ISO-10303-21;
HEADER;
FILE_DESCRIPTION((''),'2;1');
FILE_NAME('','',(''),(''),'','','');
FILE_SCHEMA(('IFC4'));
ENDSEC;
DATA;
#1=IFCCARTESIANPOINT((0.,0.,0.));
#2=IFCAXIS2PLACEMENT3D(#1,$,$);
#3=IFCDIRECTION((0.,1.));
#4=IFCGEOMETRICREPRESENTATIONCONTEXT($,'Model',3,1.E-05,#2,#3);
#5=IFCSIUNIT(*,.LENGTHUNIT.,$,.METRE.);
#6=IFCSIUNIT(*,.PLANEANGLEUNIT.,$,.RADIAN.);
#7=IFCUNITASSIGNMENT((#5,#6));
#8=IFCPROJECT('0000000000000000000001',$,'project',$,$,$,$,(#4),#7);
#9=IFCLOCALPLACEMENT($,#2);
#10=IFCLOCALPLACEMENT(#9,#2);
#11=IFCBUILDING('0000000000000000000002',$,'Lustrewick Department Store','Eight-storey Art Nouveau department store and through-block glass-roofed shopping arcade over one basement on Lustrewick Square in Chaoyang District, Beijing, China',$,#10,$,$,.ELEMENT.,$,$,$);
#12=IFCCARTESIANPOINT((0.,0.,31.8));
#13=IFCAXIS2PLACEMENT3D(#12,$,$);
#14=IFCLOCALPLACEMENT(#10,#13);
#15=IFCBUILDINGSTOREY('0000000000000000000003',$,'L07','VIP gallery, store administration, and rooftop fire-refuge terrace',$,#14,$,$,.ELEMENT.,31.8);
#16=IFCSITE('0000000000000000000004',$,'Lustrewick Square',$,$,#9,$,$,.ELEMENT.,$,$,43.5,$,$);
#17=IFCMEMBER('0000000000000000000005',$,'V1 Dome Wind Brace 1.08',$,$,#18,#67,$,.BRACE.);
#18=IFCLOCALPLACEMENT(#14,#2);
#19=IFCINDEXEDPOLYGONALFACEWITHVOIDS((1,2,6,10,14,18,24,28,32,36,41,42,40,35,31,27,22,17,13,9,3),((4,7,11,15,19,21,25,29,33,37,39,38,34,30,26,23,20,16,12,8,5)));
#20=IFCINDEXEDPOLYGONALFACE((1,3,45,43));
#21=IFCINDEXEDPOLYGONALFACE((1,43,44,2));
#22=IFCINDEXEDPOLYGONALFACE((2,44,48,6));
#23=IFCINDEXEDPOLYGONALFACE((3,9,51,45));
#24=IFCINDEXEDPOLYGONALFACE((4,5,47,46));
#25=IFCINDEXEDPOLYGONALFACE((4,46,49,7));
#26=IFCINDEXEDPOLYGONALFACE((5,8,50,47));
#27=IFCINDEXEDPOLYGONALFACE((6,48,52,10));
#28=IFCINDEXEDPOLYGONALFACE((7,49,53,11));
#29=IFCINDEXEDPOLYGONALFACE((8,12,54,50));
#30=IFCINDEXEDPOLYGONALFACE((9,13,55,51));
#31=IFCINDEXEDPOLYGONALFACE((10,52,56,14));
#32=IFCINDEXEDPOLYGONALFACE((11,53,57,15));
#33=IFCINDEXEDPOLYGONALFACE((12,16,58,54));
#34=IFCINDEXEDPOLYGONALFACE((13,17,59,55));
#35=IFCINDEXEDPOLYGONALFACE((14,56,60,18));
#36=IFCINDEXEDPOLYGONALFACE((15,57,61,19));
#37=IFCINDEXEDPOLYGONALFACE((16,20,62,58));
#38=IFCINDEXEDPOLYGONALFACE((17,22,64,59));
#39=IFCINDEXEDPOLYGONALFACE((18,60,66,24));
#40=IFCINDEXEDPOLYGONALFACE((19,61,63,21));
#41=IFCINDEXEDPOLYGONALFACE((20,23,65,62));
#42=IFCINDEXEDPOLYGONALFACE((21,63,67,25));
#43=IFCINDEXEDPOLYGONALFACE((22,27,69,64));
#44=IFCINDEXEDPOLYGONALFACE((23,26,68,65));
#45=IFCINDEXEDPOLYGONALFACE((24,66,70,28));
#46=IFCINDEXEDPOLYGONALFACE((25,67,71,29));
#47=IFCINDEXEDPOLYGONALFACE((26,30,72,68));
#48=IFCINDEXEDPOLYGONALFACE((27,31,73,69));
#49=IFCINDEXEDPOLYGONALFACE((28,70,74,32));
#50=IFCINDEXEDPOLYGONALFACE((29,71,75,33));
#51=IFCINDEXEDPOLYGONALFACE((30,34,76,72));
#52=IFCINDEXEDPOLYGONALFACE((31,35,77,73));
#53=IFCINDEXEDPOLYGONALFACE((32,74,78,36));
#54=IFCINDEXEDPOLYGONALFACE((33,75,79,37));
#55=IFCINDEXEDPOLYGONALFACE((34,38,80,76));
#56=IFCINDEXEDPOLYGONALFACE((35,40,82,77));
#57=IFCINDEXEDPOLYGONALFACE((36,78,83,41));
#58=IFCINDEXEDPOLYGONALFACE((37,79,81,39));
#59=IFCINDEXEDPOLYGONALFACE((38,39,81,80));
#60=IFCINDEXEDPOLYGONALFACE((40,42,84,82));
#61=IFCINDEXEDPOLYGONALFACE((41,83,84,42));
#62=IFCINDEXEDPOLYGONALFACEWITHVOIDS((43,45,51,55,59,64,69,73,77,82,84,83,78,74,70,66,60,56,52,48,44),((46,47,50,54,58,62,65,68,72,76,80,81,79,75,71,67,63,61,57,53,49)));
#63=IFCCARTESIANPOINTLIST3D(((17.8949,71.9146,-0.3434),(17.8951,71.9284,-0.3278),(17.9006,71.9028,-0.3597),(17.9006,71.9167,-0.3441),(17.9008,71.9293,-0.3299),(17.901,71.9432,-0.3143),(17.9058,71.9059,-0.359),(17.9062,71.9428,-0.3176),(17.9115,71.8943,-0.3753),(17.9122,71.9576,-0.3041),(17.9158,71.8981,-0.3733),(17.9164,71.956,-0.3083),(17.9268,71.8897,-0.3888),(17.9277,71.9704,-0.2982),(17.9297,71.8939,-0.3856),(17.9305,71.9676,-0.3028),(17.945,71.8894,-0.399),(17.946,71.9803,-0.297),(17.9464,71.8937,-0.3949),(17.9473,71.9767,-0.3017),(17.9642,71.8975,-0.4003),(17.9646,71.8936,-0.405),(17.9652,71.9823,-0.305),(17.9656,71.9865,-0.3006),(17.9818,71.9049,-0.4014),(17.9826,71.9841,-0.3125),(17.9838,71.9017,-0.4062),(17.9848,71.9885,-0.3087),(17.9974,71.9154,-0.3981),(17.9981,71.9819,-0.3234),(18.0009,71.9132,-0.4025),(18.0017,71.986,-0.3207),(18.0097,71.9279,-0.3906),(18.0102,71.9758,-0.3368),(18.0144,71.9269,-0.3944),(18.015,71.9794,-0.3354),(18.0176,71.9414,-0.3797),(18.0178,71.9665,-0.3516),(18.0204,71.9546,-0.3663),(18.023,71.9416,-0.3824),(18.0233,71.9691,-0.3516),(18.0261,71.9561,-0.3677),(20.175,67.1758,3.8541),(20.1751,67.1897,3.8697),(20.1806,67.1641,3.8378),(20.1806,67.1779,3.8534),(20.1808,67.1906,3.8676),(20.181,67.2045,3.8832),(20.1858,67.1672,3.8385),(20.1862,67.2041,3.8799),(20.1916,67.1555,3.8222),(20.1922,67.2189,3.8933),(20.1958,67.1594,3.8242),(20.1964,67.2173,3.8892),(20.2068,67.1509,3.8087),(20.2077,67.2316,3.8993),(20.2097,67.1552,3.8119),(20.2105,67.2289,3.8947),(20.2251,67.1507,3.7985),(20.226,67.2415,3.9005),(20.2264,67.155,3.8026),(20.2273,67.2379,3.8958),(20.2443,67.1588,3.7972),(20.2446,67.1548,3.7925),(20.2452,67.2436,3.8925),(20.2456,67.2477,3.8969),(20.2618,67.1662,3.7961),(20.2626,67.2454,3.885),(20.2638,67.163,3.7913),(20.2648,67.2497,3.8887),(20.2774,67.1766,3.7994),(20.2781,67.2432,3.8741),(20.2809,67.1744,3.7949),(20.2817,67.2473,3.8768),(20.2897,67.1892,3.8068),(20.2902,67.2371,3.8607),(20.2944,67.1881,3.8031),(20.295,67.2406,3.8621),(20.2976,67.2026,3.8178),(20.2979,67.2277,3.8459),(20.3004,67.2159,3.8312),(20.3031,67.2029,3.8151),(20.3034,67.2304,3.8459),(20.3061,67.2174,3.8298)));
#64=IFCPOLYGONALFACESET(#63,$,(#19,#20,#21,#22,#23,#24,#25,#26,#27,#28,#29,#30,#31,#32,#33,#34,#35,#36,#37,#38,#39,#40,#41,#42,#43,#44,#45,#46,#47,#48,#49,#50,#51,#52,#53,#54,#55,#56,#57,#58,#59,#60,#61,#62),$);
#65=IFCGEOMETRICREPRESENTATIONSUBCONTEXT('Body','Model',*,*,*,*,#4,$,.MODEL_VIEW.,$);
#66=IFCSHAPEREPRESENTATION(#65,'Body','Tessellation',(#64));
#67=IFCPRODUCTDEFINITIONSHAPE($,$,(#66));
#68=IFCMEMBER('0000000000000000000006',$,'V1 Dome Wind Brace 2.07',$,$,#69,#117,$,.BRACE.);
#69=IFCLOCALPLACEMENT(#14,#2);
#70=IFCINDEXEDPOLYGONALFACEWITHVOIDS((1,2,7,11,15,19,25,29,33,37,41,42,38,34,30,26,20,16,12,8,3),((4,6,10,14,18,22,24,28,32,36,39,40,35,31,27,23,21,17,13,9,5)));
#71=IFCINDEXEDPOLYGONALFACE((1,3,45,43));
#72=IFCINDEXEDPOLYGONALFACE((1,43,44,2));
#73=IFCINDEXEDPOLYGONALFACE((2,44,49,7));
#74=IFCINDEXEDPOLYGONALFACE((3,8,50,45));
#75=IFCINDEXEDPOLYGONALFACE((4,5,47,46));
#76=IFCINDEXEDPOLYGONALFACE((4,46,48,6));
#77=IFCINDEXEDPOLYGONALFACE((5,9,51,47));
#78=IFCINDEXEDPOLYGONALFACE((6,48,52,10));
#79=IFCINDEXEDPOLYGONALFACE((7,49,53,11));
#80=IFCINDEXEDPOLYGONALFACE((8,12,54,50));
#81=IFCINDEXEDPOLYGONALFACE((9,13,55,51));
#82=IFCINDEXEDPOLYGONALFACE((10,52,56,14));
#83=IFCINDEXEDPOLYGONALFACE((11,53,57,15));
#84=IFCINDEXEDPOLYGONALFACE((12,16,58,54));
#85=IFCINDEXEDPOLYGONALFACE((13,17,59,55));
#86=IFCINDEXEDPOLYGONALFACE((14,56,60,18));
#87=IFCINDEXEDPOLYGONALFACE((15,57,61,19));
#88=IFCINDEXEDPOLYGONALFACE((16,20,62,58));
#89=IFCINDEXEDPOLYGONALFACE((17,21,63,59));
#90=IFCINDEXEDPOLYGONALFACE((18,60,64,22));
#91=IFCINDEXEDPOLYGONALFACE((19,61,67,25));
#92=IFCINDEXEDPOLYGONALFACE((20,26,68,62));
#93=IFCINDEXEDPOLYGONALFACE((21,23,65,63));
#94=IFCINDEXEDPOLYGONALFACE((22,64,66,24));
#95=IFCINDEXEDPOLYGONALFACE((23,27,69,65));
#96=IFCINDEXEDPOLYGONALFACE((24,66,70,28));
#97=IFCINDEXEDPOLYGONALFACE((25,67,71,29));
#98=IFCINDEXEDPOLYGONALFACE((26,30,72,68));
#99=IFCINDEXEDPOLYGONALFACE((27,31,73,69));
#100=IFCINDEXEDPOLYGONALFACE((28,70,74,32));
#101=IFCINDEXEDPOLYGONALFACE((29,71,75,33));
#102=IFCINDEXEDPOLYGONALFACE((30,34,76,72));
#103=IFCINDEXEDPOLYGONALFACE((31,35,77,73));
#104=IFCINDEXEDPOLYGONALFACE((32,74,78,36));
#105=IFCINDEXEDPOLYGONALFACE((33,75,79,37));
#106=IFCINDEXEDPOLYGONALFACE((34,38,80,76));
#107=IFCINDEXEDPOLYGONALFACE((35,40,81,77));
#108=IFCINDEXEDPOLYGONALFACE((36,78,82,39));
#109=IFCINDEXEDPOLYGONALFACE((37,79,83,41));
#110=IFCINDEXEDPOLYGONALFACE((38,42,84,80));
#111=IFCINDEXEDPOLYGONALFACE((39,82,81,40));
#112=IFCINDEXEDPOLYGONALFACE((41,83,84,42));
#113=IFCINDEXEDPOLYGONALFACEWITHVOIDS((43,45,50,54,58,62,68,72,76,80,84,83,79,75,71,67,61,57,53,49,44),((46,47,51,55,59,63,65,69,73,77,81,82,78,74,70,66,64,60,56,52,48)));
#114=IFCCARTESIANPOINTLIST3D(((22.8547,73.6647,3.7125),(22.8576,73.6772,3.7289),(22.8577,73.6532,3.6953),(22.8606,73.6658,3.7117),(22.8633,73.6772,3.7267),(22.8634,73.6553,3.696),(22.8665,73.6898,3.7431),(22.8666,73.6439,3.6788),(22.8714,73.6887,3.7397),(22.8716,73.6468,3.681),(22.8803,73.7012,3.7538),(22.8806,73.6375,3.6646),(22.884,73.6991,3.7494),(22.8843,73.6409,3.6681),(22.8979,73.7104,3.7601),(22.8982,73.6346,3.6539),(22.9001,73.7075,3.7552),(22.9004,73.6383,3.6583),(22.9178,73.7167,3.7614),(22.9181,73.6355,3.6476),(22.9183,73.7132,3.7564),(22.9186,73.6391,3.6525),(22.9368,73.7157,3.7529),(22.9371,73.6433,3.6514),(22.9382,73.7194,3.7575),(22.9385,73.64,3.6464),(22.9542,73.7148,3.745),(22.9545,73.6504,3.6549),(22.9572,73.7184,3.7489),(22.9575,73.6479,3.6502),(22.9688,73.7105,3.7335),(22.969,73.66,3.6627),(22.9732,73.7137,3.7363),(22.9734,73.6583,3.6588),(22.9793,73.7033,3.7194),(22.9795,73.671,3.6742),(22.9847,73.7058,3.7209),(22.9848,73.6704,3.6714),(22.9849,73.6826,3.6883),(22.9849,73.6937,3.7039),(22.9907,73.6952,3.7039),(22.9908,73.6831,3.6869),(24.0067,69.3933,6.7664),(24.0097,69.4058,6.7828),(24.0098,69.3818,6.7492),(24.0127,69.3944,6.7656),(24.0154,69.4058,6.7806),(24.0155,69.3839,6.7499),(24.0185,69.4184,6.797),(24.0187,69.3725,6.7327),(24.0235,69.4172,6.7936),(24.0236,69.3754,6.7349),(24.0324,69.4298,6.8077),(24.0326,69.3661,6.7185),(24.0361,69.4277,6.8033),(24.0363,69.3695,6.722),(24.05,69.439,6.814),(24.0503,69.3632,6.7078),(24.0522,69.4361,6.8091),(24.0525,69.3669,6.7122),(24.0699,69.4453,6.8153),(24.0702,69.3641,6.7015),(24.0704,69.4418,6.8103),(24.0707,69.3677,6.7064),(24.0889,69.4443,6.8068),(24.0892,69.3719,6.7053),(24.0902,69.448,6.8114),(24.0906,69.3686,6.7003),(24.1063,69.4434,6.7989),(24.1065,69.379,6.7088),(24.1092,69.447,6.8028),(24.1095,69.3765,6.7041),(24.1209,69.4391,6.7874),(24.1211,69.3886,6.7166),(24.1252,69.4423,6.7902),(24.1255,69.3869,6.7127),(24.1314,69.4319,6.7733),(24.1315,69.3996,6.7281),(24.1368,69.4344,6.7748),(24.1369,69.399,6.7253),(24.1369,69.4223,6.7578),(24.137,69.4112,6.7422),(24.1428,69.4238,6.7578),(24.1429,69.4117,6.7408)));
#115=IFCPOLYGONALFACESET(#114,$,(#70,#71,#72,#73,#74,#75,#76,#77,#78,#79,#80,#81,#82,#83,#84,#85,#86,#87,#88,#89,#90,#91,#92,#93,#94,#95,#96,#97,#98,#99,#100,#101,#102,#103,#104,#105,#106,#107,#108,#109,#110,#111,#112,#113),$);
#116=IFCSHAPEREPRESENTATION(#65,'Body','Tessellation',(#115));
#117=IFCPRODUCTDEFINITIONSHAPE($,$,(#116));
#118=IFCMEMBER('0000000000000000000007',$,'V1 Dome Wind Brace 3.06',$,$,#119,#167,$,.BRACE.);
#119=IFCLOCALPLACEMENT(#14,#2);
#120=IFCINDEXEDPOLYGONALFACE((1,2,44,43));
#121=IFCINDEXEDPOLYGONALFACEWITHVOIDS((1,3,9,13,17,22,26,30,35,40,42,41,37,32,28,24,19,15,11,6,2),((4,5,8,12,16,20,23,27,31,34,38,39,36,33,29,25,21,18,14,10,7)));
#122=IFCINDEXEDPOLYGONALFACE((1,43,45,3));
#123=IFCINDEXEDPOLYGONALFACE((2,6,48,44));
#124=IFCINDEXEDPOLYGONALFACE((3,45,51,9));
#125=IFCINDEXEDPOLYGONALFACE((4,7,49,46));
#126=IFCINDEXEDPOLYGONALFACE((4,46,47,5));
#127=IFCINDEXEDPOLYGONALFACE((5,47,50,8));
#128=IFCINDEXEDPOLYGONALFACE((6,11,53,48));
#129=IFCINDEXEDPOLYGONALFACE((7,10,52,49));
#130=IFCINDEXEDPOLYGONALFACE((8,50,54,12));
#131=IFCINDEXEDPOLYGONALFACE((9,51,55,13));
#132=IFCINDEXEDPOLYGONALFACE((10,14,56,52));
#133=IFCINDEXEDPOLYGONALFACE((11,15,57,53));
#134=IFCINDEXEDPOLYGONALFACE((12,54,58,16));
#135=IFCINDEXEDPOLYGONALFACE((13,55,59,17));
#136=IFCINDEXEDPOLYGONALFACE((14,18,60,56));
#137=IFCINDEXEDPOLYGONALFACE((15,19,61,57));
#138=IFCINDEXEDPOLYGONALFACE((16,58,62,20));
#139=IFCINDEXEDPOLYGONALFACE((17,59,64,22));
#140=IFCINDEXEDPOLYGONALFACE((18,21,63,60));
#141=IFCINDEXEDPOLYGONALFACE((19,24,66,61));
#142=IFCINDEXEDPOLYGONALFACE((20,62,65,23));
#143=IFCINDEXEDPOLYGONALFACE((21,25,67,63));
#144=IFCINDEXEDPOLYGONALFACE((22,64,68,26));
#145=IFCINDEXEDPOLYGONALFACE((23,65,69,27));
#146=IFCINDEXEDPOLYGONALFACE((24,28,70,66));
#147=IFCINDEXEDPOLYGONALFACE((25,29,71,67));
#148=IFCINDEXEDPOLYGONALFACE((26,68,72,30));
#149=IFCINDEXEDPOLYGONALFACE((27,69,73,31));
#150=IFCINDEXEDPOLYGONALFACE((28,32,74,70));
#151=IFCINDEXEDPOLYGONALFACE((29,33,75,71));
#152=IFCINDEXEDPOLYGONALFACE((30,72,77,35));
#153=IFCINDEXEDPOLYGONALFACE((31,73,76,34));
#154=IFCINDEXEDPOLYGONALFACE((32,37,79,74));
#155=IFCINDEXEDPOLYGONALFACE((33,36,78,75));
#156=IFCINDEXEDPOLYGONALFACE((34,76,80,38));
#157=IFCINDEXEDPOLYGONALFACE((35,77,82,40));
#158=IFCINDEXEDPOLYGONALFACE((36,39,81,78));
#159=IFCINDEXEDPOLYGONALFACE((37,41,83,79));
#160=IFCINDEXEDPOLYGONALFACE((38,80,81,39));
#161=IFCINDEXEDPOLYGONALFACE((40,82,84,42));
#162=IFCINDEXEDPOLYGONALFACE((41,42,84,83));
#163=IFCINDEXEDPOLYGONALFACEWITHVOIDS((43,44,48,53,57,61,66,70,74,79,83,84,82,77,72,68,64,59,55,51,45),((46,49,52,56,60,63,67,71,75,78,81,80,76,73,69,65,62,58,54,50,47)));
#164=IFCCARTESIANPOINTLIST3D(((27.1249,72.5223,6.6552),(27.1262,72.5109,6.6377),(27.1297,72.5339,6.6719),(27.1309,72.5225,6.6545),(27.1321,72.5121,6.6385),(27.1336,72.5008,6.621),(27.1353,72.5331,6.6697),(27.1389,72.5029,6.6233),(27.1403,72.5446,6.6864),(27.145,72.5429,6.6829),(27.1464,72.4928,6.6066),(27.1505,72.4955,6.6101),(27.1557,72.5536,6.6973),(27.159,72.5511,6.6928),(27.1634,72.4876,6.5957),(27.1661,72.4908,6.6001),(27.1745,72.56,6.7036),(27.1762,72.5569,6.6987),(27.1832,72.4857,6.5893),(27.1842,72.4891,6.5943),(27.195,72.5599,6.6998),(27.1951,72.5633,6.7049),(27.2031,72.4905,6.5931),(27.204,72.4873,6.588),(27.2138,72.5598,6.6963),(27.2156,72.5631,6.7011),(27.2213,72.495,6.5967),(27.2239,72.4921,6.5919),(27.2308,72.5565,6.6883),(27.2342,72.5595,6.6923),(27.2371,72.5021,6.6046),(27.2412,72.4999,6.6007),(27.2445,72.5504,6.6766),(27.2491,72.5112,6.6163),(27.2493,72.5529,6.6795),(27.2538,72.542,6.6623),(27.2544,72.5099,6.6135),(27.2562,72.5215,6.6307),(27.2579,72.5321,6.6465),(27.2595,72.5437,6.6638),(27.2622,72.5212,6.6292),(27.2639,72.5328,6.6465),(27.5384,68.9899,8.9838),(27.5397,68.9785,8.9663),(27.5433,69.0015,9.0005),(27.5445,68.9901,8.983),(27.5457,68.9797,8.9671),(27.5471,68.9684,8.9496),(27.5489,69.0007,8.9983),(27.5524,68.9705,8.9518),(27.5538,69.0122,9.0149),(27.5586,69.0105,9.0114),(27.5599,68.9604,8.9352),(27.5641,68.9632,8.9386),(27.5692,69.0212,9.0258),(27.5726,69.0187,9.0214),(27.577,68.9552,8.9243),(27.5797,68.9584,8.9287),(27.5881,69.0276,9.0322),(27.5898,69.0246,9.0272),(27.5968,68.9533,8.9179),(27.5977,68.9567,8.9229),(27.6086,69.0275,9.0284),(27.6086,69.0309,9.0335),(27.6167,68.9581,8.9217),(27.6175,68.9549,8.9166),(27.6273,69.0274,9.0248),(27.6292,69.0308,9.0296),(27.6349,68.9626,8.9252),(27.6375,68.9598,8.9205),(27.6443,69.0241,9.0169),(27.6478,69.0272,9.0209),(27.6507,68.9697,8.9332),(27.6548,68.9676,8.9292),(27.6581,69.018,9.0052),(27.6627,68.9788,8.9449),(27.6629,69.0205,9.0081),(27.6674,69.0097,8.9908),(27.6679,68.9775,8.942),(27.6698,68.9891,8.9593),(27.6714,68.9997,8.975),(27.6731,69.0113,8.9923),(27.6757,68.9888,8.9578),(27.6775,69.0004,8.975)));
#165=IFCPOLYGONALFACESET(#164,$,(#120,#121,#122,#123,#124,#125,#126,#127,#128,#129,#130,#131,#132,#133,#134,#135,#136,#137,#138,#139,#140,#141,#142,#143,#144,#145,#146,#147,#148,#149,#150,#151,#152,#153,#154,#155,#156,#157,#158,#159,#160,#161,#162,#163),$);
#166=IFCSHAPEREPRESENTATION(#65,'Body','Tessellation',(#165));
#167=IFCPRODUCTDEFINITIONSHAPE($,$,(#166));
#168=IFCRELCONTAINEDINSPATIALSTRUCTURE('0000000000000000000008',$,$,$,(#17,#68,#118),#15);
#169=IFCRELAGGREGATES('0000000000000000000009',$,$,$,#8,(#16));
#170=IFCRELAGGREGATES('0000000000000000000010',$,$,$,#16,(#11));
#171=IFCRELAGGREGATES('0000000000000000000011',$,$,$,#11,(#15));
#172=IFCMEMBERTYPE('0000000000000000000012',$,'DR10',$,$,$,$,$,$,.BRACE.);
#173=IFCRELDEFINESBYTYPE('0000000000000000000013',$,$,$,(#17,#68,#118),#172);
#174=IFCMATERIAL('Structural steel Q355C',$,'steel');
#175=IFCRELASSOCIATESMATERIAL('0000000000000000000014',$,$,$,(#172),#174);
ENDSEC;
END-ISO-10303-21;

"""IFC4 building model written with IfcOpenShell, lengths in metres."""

from ifc_helpers import new_model, si_unit, direction, frame, origin, origin_2d, place, context, subcontext, project, spatial, hollow_circle, extrude, material, material_profile, profile_set, type_object, element, save


model = new_model("IFC4")

# Units and contexts
model_context = context("Model", 3, precision=1e-05, world=origin(), true_north=direction((0.0, 1.0)))
body_context = subcontext(model_context, "Body", "Model", "MODEL_VIEW")
ifc_project = project(units=[si_unit("LENGTHUNIT", "METRE"), si_unit("PLANEANGLEUNIT", "RADIAN")], contexts=[model_context])

# Site, building, storey
site_placement = place(None, origin())
site = spatial("IfcSite", under=ifc_project, at=site_placement, Name="Lustrewick Square", CompositionType="ELEMENT", RefElevation=43.5)
building_placement = place(site_placement, origin())
building = spatial("IfcBuilding", under=site, at=building_placement, Name="Lustrewick Department Store", Description="Eight-storey Art Nouveau department store and through-block glass-roofed shopping arcade over one basement on Lustrewick Square in Chaoyang District, Beijing, China", CompositionType="ELEMENT")
storey_placement = place(building_placement, frame((0.0, 0.0, 31.8)))
storey = spatial("IfcBuildingStorey", under=building, at=storey_placement, Name="L07", Description="VIP gallery, store administration, and rooftop fire-refuge terrace", CompositionType="ELEMENT", Elevation=31.8)

# Members
ifc_material_1 = material(Name="Structural steel Q355C", Category="steel")
ifc_material_profile_1 = material_profile(ifc_material_1, hollow_circle(Radius=0.0701, WallThickness=0.0061, at=origin_2d()), Name="CHS 140x6")
ifc_profile_set_1 = profile_set([ifc_material_profile_1], Name="Structural steel Q355C")
member_type_1 = type_object("IfcMemberType", Name="DR10", PredefinedType="BRACE", material=ifc_profile_set_1)
member_1_placement = place(storey_placement, frame((17.9602, 71.9387, -0.3516), z_axis=(0.338858, -0.704277, 0.623835), x_axis=(0.901121, 0.433569, 0.0)))
element("IfcMember", 1, at=member_1_placement, inside=storey, type_object=member_type_1, Name="V1 Dome Wind Brace 1.08", PredefinedType="BRACE", context=body_context, shape_type="SweptSolid", body=[
    extrude(hollow_circle(Radius=0.0701, WallThickness=0.0061, at=origin_2d()), origin(), (0.0, 0.0, 1.0), 6.7285),
])
member_2_placement = place(storey_placement, frame((22.9231, 73.677, 3.7039), z_axis=(0.214311, -0.794572, 0.56809), x_axis=(0.965497, 0.260413, 0.0)))
element("IfcMember", 2, at=member_2_placement, inside=storey, type_object=member_type_1, Name="V1 Dome Wind Brace 2.07", PredefinedType="BRACE", context=body_context, shape_type="SweptSolid", body=[
    extrude(hollow_circle(Radius=0.0701, WallThickness=0.0061, at=origin_2d()), origin(), (0.0, 0.0, 1.0), 5.3757),
])
member_3_placement = place(storey_placement, frame((27.1943, 72.5247, 6.6465), z_axis=(0.097286, -0.830955, 0.547768), x_axis=(0.993216, 0.116284, 0.0)))
element("IfcMember", 3, at=member_3_placement, inside=storey, type_object=member_type_1, Name="V1 Dome Wind Brace 3.06", PredefinedType="BRACE", context=body_context, shape_type="SweptSolid", body=[
    extrude(hollow_circle(Radius=0.0701, WallThickness=0.0061, at=origin_2d()), origin(), (0.0, 0.0, 1.0), 4.251),
])

save(model, "model.ifc")
